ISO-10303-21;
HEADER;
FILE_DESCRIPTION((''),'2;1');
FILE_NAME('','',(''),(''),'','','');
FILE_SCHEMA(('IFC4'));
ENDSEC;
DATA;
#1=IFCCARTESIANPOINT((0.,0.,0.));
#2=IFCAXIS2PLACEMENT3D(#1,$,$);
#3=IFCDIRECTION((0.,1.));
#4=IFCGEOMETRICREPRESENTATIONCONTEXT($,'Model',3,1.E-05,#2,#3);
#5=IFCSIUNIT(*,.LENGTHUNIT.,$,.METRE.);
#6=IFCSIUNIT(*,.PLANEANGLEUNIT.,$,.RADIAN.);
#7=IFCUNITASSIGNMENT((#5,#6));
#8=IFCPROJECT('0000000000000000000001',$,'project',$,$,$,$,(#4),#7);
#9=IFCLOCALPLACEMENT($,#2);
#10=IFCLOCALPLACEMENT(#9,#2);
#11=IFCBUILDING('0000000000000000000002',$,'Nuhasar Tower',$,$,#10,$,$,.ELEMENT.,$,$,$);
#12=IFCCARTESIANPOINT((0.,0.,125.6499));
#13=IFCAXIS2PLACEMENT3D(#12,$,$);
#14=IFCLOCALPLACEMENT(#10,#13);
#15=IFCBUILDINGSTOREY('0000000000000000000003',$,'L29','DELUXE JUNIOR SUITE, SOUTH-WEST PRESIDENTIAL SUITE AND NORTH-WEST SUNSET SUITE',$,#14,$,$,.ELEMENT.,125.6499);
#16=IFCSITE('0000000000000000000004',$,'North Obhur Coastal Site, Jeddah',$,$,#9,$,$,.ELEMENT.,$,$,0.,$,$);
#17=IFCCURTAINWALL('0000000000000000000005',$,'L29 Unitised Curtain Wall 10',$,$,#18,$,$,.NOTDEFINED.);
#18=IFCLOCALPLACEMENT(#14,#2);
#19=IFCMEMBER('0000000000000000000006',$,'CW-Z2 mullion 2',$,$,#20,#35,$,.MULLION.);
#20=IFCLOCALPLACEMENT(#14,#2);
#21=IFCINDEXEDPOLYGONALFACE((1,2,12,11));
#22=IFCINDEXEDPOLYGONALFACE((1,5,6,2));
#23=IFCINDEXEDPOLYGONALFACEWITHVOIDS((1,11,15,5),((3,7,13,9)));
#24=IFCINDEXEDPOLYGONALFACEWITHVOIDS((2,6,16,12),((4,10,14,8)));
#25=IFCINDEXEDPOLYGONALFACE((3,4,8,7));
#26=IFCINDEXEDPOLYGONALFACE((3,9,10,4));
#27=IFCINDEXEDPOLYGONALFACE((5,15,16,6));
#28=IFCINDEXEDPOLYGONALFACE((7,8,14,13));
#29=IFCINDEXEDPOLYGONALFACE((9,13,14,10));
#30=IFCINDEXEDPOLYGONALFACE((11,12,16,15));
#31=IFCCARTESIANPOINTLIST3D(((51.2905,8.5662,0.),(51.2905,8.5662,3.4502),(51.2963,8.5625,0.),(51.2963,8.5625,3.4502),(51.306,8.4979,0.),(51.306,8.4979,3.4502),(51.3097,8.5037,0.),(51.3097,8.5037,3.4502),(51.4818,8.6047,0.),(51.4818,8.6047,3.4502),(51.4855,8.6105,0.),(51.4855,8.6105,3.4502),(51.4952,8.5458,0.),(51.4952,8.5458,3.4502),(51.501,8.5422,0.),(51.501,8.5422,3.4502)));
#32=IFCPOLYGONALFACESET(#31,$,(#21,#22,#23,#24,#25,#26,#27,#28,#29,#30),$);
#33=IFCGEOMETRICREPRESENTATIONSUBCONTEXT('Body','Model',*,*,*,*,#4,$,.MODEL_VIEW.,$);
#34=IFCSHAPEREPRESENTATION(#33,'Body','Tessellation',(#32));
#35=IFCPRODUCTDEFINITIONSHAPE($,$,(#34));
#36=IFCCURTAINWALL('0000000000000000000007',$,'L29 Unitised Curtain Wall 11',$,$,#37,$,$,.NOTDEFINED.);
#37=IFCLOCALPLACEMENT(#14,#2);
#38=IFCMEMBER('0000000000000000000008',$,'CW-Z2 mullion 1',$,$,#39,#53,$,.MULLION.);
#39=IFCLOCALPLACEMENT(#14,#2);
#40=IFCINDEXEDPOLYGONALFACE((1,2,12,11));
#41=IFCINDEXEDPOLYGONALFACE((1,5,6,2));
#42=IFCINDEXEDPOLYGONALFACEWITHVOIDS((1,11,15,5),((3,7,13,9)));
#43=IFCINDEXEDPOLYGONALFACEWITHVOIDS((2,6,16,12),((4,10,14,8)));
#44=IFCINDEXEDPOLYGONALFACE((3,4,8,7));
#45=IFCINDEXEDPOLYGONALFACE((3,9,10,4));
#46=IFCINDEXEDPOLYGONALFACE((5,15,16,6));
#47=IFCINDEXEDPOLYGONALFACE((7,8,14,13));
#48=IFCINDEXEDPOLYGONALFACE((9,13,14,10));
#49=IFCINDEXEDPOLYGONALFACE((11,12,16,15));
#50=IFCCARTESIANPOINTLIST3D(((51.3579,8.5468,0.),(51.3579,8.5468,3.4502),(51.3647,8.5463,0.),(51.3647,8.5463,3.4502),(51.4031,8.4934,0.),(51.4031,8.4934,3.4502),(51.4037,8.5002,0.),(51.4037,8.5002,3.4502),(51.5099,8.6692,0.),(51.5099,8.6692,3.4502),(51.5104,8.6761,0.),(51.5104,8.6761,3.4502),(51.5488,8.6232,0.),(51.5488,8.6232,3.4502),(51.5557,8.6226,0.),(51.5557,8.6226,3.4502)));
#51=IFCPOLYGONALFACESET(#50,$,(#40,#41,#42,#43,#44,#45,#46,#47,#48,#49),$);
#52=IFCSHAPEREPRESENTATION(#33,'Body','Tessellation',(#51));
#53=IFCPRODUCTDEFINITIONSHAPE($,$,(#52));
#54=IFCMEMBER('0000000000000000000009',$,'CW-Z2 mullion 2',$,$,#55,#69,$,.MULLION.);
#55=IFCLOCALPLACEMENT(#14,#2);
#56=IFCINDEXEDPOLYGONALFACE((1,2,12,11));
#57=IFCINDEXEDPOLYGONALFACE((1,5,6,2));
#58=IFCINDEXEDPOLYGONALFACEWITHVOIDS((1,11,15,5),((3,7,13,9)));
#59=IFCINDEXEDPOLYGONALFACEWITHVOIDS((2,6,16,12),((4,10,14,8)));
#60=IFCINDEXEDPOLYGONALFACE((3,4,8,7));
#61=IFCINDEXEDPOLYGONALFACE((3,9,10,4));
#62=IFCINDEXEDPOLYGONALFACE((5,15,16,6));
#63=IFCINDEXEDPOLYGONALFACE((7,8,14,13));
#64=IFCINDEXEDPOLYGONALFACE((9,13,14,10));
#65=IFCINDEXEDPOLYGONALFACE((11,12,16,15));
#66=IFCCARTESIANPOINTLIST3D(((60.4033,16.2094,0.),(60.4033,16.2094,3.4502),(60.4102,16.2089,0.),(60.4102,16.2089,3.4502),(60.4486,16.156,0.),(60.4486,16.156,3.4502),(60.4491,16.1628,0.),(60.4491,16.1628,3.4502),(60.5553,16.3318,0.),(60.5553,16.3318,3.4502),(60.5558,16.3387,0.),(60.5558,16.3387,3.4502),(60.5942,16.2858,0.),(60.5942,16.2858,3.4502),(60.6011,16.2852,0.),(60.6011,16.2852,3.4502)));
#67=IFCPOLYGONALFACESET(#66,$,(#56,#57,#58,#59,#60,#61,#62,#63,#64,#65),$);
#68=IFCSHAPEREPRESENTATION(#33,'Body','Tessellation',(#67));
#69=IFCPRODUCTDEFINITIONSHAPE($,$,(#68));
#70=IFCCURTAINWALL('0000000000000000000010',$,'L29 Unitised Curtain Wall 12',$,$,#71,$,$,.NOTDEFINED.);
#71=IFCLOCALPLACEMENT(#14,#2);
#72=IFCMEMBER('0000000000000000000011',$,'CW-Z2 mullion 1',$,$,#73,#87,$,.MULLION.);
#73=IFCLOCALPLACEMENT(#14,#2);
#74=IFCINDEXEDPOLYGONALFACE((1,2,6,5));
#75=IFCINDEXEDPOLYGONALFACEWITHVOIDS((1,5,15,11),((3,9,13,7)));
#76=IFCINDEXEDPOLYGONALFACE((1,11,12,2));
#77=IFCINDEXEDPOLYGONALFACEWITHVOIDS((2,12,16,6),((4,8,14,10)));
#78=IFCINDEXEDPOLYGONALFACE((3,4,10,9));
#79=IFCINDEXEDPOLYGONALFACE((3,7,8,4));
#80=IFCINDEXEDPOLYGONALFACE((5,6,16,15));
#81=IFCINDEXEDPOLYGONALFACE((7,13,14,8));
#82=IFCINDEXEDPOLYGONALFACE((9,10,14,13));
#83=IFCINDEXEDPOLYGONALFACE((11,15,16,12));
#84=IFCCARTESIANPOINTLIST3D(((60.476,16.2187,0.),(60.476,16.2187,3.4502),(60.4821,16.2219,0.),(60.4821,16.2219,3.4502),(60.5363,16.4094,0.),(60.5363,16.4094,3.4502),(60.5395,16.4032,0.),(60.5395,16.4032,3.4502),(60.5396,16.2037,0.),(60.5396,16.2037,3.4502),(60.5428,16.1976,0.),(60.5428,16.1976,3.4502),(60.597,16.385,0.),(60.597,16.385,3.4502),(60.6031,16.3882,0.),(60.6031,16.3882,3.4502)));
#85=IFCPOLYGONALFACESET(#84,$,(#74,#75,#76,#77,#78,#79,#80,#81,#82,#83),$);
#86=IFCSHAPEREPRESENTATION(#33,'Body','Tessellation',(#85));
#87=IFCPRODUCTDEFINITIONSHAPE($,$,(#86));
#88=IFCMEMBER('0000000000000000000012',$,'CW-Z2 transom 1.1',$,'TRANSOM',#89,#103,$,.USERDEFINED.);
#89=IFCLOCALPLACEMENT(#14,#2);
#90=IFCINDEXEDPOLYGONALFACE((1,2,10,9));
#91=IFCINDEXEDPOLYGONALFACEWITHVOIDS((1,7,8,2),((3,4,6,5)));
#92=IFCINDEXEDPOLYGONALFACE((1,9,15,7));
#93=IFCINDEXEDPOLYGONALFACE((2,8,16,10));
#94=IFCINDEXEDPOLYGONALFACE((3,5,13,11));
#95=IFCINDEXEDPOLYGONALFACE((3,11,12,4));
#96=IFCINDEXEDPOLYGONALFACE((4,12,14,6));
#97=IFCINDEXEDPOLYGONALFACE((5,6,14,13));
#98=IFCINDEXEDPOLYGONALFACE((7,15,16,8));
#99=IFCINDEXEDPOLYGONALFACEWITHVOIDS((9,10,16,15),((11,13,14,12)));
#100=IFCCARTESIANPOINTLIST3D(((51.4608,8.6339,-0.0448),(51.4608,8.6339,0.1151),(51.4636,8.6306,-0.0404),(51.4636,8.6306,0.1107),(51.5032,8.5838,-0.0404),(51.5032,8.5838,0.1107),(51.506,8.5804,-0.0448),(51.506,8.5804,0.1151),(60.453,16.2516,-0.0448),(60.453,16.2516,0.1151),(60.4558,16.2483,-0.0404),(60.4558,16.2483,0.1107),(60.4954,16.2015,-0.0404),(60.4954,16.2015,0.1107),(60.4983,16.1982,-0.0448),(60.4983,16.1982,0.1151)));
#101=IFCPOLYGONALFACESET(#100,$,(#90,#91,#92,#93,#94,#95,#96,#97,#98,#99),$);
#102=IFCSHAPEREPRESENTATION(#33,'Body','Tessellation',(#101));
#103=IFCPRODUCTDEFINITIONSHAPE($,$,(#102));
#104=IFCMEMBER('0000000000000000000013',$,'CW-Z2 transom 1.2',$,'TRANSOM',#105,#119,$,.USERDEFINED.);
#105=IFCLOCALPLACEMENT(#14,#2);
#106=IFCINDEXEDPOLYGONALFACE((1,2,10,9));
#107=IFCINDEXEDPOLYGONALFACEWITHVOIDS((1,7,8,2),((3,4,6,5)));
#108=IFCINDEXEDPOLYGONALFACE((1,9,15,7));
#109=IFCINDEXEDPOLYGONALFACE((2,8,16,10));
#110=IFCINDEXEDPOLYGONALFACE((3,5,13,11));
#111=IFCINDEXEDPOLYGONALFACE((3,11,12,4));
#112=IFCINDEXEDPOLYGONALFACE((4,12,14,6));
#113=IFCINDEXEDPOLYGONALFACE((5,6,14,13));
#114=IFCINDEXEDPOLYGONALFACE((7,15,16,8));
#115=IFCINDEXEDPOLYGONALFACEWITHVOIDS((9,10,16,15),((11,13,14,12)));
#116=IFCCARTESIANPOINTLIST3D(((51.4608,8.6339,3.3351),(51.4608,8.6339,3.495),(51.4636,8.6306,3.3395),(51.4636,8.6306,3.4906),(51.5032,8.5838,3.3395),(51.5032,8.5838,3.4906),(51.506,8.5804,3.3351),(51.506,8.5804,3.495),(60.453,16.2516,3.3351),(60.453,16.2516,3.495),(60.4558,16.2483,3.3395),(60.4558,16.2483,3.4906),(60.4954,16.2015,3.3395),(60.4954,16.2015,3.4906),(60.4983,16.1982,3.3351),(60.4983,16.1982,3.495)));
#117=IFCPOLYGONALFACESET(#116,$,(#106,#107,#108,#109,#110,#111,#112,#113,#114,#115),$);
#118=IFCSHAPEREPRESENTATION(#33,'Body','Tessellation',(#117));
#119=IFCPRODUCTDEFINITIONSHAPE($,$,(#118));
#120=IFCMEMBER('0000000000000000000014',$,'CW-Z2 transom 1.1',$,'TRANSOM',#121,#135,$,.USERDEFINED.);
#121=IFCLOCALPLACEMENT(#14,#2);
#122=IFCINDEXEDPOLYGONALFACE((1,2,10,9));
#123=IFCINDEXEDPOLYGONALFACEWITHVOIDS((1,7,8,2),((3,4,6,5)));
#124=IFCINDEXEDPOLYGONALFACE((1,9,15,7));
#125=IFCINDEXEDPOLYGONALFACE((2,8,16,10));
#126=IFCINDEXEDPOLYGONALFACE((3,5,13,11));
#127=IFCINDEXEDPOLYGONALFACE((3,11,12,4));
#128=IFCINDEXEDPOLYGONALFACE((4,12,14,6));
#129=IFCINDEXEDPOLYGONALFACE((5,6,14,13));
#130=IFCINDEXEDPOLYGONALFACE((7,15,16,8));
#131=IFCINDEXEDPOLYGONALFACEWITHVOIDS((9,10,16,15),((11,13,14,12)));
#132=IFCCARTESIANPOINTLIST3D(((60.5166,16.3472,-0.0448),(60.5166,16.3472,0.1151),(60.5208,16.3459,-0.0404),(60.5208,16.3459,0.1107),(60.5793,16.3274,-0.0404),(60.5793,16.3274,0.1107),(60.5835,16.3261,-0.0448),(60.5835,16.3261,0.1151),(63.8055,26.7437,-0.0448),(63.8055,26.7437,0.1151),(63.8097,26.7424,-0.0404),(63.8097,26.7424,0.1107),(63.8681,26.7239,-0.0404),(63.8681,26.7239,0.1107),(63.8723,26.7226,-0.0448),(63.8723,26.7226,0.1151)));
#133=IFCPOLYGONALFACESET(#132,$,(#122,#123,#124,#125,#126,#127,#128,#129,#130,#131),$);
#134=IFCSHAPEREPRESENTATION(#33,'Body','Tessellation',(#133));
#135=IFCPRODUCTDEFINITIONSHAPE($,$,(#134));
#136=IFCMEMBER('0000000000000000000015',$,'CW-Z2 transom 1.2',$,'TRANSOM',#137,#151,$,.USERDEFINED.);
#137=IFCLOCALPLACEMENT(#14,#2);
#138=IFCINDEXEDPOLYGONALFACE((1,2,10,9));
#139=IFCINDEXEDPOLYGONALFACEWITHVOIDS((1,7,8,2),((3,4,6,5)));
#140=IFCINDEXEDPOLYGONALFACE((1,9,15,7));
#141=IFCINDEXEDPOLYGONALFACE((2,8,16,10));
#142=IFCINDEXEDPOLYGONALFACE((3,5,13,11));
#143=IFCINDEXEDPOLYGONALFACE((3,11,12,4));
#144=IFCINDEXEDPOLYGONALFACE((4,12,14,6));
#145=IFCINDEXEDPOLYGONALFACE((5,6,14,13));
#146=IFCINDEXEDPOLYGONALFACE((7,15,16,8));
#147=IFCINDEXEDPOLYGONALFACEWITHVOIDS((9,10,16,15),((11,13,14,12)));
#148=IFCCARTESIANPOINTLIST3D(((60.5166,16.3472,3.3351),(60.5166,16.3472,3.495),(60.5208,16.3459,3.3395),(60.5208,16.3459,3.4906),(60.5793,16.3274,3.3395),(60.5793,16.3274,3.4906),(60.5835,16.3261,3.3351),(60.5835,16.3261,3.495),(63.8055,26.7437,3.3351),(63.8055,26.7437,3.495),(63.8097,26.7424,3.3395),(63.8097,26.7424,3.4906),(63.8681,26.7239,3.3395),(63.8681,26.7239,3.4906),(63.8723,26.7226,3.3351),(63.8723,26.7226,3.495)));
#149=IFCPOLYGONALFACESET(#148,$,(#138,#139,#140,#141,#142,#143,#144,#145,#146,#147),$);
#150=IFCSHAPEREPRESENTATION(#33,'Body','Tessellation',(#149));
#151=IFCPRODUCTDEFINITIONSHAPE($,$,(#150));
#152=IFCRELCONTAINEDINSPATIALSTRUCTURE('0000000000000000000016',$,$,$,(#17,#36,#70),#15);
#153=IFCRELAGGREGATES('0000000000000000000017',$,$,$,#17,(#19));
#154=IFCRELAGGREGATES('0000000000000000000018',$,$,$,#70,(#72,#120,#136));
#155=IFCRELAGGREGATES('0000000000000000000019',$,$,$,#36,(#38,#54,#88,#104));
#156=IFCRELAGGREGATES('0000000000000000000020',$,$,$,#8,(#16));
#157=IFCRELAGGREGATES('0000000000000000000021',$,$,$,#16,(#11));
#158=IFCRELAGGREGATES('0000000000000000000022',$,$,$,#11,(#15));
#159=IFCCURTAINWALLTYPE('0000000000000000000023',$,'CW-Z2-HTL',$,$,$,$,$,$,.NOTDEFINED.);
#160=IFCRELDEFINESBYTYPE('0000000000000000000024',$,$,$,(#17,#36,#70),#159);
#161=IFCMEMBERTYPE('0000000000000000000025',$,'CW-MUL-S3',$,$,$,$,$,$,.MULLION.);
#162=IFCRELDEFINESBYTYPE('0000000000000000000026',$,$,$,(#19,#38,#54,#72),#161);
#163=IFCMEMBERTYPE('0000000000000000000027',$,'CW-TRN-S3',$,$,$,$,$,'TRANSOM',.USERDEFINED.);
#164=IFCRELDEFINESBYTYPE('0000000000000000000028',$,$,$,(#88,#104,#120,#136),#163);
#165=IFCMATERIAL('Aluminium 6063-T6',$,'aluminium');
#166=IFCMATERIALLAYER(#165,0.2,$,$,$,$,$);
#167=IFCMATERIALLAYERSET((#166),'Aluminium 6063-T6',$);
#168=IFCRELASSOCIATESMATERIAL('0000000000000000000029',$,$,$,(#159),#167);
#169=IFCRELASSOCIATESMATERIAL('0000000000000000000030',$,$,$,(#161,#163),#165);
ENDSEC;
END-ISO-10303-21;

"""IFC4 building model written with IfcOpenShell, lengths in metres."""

from ifc_helpers import new_model, si_unit, direction, frame, origin, origin_2d, place, context, subcontext, project, spatial, hollow_rectangle, extrude, material, layer, layer_set, material_profile, profile_set, type_object, element, aggregate, save


model = new_model("IFC4")

# Units and contexts
model_context = context("Model", 3, precision=1e-05, world=origin(), true_north=direction((0.0, 1.0)))
body_context = subcontext(model_context, "Body", "Model", "MODEL_VIEW")
ifc_project = project(units=[si_unit("LENGTHUNIT", "METRE"), si_unit("PLANEANGLEUNIT", "RADIAN")], contexts=[model_context])

# Site, building, storey
site_placement = place(None, origin())
site = spatial("IfcSite", under=ifc_project, at=site_placement, Name="North Obhur Coastal Site, Jeddah", CompositionType="ELEMENT", RefElevation=0.0)
building_placement = place(site_placement, origin())
building = spatial("IfcBuilding", under=site, at=building_placement, Name="Nuhasar Tower", CompositionType="ELEMENT")
storey_placement = place(building_placement, frame((0.0, 0.0, 125.6499)))
storey = spatial("IfcBuildingStorey", under=building, at=storey_placement, Name="L29", Description="DELUXE JUNIOR SUITE, SOUTH-WEST PRESIDENTIAL SUITE AND NORTH-WEST SUNSET SUITE", CompositionType="ELEMENT", Elevation=125.6499)

# Curtain wall, member
ifc_material_1 = material(Name="Aluminium 6063-T6", Category="aluminium")
ifc_layer_1 = layer(ifc_material_1, 0.2)
ifc_layer_set_1 = layer_set([ifc_layer_1], Name="Aluminium 6063-T6")
curtain_wall_type = type_object("IfcCurtainWallType", Name="CW-Z2-HTL", PredefinedType="NOTDEFINED", material=ifc_layer_set_1)
curtain_wall_1_placement = place(storey_placement, origin())
curtain_wall_1 = element("IfcCurtainWall", 1, at=curtain_wall_1_placement, inside=storey, type_object=curtain_wall_type, Name="L29 Unitised Curtain Wall 10", PredefinedType="NOTDEFINED")
ifc_material_profile_1 = material_profile(ifc_material_1, hollow_rectangle(XDim=0.0701, YDim=0.2, WallThickness=0.0049, at=origin_2d()), Name="CWM-3")
ifc_profile_set_1 = profile_set([ifc_material_profile_1], Name="Aluminium 6063-T6")
member_type_1 = type_object("IfcMemberType", Name="CW-MUL-S3", PredefinedType="MULLION", material=ifc_profile_set_1)
member_1_placement = place(storey_placement, frame((51.3958, 8.5542, 0.0), z_axis=(0.0, 0.0, 1.0), x_axis=(-0.221397, 0.975184, 0.0)))
member_1 = element("IfcMember", 2, at=member_1_placement, type_object=member_type_1, Name="CW-Z2 mullion 2", PredefinedType="MULLION", context=body_context, shape_type="SweptSolid", body=[
    extrude(hollow_rectangle(XDim=0.0701, YDim=0.2, WallThickness=0.0049, at=origin_2d()), origin(), (0.0, 0.0, 1.0), 3.4502),
])
aggregate(curtain_wall_1, [member_1])

# Curtain wall, members
curtain_wall_2_placement = place(storey_placement, origin())
curtain_wall_2 = element("IfcCurtainWall", 3, at=curtain_wall_2_placement, inside=storey, type_object=curtain_wall_type, Name="L29 Unitised Curtain Wall 11", PredefinedType="NOTDEFINED")
member_2_placement = place(storey_placement, frame((51.4568, 8.5847, 0.0), z_axis=(0.0, 0.0, 1.0), x_axis=(-0.646374, 0.76302, 0.0)))
member_2 = element("IfcMember", 4, at=member_2_placement, type_object=member_type_1, Name="CW-Z2 mullion 1", PredefinedType="MULLION", context=body_context, shape_type="SweptSolid", body=[
    extrude(hollow_rectangle(XDim=0.0701, YDim=0.2, WallThickness=0.0049, at=origin_2d()), origin(), (0.0, 0.0, 1.0), 3.4502),
])
member_3_placement = place(storey_placement, frame((60.5022, 16.2473, 0.0), z_axis=(0.0, 0.0, 1.0), x_axis=(-0.646374, 0.76302, 0.0)))
member_3 = element("IfcMember", 5, at=member_3_placement, type_object=member_type_1, Name="CW-Z2 mullion 2", PredefinedType="MULLION", context=body_context, shape_type="SweptSolid", body=[
    extrude(hollow_rectangle(XDim=0.0701, YDim=0.2, WallThickness=0.0049, at=origin_2d()), origin(), (0.0, 0.0, 1.0), 3.4502),
])

# Curtain wall, member
curtain_wall_3_placement = place(storey_placement, origin())
curtain_wall_3 = element("IfcCurtainWall", 6, at=curtain_wall_3_placement, inside=storey, type_object=curtain_wall_type, Name="L29 Unitised Curtain Wall 12", PredefinedType="NOTDEFINED")
member_4_placement = place(storey_placement, frame((60.5396, 16.3035, 0.0), z_axis=(0.0, 0.0, 1.0), x_axis=(-0.953433, 0.301604, 0.0)))
member_4 = element("IfcMember", 7, at=member_4_placement, type_object=member_type_1, Name="CW-Z2 mullion 1", PredefinedType="MULLION", context=body_context, shape_type="SweptSolid", body=[
    extrude(hollow_rectangle(XDim=0.0701, YDim=0.2, WallThickness=0.0049, at=origin_2d()), origin(), (0.0, 0.0, 1.0), 3.4502),
])

# Members
ifc_material_profile_2 = material_profile(ifc_material_1, hollow_rectangle(XDim=0.0701, YDim=0.1599, WallThickness=0.0044, at=origin_2d()), Name="CWT-3")
ifc_profile_set_2 = profile_set([ifc_material_profile_2], Name="Aluminium 6063-T6")
member_type_2 = type_object("IfcMemberType", Name="CW-TRN-S3", ElementType="TRANSOM", PredefinedType="USERDEFINED", material=ifc_profile_set_2)
member_5_placement = place(storey_placement, frame((51.4834, 8.6072, 0.0352), z_axis=(0.763014, 0.646382, 0.0), x_axis=(-0.646382, 0.763014, 0.0)))
member_5 = element("IfcMember", 8, at=member_5_placement, type_object=member_type_2, Name="CW-Z2 transom 1.1", ObjectType="TRANSOM", PredefinedType="USERDEFINED", context=body_context, shape_type="SweptSolid", body=[
    extrude(hollow_rectangle(XDim=0.0701, YDim=0.1599, WallThickness=0.0044, at=origin_2d()), origin(), (0.0, 0.0, 1.0), 11.7852),
])
member_6_placement = place(storey_placement, frame((51.4834, 8.6072, 3.415), z_axis=(0.763014, 0.646382, 0.0), x_axis=(-0.646382, 0.763014, 0.0)))
member_6 = element("IfcMember", 9, at=member_6_placement, type_object=member_type_2, Name="CW-Z2 transom 1.2", ObjectType="TRANSOM", PredefinedType="USERDEFINED", context=body_context, shape_type="SweptSolid", body=[
    extrude(hollow_rectangle(XDim=0.0701, YDim=0.1599, WallThickness=0.0044, at=origin_2d()), origin(), (0.0, 0.0, 1.0), 11.7852),
])
member_7_placement = place(storey_placement, frame((60.55, 16.3367, 0.0352), z_axis=(0.301608, 0.953432, 0.0), x_axis=(-0.953432, 0.301608, 0.0)))
member_7 = element("IfcMember", 10, at=member_7_placement, type_object=member_type_2, Name="CW-Z2 transom 1.1", ObjectType="TRANSOM", PredefinedType="USERDEFINED", context=body_context, shape_type="SweptSolid", body=[
    extrude(hollow_rectangle(XDim=0.0701, YDim=0.1599, WallThickness=0.0044, at=origin_2d()), origin(), (0.0, 0.0, 1.0), 10.9043),
])
member_8_placement = place(storey_placement, frame((60.55, 16.3367, 3.415), z_axis=(0.301608, 0.953432, 0.0), x_axis=(-0.953432, 0.301608, 0.0)))
member_8 = element("IfcMember", 11, at=member_8_placement, type_object=member_type_2, Name="CW-Z2 transom 1.2", ObjectType="TRANSOM", PredefinedType="USERDEFINED", context=body_context, shape_type="SweptSolid", body=[
    extrude(hollow_rectangle(XDim=0.0701, YDim=0.1599, WallThickness=0.0044, at=origin_2d()), origin(), (0.0, 0.0, 1.0), 10.9043),
])
aggregate(curtain_wall_3, [member_4, member_7, member_8])

aggregate(curtain_wall_2, [member_2, member_3, member_5, member_6])

save(model, "model.ifc")
